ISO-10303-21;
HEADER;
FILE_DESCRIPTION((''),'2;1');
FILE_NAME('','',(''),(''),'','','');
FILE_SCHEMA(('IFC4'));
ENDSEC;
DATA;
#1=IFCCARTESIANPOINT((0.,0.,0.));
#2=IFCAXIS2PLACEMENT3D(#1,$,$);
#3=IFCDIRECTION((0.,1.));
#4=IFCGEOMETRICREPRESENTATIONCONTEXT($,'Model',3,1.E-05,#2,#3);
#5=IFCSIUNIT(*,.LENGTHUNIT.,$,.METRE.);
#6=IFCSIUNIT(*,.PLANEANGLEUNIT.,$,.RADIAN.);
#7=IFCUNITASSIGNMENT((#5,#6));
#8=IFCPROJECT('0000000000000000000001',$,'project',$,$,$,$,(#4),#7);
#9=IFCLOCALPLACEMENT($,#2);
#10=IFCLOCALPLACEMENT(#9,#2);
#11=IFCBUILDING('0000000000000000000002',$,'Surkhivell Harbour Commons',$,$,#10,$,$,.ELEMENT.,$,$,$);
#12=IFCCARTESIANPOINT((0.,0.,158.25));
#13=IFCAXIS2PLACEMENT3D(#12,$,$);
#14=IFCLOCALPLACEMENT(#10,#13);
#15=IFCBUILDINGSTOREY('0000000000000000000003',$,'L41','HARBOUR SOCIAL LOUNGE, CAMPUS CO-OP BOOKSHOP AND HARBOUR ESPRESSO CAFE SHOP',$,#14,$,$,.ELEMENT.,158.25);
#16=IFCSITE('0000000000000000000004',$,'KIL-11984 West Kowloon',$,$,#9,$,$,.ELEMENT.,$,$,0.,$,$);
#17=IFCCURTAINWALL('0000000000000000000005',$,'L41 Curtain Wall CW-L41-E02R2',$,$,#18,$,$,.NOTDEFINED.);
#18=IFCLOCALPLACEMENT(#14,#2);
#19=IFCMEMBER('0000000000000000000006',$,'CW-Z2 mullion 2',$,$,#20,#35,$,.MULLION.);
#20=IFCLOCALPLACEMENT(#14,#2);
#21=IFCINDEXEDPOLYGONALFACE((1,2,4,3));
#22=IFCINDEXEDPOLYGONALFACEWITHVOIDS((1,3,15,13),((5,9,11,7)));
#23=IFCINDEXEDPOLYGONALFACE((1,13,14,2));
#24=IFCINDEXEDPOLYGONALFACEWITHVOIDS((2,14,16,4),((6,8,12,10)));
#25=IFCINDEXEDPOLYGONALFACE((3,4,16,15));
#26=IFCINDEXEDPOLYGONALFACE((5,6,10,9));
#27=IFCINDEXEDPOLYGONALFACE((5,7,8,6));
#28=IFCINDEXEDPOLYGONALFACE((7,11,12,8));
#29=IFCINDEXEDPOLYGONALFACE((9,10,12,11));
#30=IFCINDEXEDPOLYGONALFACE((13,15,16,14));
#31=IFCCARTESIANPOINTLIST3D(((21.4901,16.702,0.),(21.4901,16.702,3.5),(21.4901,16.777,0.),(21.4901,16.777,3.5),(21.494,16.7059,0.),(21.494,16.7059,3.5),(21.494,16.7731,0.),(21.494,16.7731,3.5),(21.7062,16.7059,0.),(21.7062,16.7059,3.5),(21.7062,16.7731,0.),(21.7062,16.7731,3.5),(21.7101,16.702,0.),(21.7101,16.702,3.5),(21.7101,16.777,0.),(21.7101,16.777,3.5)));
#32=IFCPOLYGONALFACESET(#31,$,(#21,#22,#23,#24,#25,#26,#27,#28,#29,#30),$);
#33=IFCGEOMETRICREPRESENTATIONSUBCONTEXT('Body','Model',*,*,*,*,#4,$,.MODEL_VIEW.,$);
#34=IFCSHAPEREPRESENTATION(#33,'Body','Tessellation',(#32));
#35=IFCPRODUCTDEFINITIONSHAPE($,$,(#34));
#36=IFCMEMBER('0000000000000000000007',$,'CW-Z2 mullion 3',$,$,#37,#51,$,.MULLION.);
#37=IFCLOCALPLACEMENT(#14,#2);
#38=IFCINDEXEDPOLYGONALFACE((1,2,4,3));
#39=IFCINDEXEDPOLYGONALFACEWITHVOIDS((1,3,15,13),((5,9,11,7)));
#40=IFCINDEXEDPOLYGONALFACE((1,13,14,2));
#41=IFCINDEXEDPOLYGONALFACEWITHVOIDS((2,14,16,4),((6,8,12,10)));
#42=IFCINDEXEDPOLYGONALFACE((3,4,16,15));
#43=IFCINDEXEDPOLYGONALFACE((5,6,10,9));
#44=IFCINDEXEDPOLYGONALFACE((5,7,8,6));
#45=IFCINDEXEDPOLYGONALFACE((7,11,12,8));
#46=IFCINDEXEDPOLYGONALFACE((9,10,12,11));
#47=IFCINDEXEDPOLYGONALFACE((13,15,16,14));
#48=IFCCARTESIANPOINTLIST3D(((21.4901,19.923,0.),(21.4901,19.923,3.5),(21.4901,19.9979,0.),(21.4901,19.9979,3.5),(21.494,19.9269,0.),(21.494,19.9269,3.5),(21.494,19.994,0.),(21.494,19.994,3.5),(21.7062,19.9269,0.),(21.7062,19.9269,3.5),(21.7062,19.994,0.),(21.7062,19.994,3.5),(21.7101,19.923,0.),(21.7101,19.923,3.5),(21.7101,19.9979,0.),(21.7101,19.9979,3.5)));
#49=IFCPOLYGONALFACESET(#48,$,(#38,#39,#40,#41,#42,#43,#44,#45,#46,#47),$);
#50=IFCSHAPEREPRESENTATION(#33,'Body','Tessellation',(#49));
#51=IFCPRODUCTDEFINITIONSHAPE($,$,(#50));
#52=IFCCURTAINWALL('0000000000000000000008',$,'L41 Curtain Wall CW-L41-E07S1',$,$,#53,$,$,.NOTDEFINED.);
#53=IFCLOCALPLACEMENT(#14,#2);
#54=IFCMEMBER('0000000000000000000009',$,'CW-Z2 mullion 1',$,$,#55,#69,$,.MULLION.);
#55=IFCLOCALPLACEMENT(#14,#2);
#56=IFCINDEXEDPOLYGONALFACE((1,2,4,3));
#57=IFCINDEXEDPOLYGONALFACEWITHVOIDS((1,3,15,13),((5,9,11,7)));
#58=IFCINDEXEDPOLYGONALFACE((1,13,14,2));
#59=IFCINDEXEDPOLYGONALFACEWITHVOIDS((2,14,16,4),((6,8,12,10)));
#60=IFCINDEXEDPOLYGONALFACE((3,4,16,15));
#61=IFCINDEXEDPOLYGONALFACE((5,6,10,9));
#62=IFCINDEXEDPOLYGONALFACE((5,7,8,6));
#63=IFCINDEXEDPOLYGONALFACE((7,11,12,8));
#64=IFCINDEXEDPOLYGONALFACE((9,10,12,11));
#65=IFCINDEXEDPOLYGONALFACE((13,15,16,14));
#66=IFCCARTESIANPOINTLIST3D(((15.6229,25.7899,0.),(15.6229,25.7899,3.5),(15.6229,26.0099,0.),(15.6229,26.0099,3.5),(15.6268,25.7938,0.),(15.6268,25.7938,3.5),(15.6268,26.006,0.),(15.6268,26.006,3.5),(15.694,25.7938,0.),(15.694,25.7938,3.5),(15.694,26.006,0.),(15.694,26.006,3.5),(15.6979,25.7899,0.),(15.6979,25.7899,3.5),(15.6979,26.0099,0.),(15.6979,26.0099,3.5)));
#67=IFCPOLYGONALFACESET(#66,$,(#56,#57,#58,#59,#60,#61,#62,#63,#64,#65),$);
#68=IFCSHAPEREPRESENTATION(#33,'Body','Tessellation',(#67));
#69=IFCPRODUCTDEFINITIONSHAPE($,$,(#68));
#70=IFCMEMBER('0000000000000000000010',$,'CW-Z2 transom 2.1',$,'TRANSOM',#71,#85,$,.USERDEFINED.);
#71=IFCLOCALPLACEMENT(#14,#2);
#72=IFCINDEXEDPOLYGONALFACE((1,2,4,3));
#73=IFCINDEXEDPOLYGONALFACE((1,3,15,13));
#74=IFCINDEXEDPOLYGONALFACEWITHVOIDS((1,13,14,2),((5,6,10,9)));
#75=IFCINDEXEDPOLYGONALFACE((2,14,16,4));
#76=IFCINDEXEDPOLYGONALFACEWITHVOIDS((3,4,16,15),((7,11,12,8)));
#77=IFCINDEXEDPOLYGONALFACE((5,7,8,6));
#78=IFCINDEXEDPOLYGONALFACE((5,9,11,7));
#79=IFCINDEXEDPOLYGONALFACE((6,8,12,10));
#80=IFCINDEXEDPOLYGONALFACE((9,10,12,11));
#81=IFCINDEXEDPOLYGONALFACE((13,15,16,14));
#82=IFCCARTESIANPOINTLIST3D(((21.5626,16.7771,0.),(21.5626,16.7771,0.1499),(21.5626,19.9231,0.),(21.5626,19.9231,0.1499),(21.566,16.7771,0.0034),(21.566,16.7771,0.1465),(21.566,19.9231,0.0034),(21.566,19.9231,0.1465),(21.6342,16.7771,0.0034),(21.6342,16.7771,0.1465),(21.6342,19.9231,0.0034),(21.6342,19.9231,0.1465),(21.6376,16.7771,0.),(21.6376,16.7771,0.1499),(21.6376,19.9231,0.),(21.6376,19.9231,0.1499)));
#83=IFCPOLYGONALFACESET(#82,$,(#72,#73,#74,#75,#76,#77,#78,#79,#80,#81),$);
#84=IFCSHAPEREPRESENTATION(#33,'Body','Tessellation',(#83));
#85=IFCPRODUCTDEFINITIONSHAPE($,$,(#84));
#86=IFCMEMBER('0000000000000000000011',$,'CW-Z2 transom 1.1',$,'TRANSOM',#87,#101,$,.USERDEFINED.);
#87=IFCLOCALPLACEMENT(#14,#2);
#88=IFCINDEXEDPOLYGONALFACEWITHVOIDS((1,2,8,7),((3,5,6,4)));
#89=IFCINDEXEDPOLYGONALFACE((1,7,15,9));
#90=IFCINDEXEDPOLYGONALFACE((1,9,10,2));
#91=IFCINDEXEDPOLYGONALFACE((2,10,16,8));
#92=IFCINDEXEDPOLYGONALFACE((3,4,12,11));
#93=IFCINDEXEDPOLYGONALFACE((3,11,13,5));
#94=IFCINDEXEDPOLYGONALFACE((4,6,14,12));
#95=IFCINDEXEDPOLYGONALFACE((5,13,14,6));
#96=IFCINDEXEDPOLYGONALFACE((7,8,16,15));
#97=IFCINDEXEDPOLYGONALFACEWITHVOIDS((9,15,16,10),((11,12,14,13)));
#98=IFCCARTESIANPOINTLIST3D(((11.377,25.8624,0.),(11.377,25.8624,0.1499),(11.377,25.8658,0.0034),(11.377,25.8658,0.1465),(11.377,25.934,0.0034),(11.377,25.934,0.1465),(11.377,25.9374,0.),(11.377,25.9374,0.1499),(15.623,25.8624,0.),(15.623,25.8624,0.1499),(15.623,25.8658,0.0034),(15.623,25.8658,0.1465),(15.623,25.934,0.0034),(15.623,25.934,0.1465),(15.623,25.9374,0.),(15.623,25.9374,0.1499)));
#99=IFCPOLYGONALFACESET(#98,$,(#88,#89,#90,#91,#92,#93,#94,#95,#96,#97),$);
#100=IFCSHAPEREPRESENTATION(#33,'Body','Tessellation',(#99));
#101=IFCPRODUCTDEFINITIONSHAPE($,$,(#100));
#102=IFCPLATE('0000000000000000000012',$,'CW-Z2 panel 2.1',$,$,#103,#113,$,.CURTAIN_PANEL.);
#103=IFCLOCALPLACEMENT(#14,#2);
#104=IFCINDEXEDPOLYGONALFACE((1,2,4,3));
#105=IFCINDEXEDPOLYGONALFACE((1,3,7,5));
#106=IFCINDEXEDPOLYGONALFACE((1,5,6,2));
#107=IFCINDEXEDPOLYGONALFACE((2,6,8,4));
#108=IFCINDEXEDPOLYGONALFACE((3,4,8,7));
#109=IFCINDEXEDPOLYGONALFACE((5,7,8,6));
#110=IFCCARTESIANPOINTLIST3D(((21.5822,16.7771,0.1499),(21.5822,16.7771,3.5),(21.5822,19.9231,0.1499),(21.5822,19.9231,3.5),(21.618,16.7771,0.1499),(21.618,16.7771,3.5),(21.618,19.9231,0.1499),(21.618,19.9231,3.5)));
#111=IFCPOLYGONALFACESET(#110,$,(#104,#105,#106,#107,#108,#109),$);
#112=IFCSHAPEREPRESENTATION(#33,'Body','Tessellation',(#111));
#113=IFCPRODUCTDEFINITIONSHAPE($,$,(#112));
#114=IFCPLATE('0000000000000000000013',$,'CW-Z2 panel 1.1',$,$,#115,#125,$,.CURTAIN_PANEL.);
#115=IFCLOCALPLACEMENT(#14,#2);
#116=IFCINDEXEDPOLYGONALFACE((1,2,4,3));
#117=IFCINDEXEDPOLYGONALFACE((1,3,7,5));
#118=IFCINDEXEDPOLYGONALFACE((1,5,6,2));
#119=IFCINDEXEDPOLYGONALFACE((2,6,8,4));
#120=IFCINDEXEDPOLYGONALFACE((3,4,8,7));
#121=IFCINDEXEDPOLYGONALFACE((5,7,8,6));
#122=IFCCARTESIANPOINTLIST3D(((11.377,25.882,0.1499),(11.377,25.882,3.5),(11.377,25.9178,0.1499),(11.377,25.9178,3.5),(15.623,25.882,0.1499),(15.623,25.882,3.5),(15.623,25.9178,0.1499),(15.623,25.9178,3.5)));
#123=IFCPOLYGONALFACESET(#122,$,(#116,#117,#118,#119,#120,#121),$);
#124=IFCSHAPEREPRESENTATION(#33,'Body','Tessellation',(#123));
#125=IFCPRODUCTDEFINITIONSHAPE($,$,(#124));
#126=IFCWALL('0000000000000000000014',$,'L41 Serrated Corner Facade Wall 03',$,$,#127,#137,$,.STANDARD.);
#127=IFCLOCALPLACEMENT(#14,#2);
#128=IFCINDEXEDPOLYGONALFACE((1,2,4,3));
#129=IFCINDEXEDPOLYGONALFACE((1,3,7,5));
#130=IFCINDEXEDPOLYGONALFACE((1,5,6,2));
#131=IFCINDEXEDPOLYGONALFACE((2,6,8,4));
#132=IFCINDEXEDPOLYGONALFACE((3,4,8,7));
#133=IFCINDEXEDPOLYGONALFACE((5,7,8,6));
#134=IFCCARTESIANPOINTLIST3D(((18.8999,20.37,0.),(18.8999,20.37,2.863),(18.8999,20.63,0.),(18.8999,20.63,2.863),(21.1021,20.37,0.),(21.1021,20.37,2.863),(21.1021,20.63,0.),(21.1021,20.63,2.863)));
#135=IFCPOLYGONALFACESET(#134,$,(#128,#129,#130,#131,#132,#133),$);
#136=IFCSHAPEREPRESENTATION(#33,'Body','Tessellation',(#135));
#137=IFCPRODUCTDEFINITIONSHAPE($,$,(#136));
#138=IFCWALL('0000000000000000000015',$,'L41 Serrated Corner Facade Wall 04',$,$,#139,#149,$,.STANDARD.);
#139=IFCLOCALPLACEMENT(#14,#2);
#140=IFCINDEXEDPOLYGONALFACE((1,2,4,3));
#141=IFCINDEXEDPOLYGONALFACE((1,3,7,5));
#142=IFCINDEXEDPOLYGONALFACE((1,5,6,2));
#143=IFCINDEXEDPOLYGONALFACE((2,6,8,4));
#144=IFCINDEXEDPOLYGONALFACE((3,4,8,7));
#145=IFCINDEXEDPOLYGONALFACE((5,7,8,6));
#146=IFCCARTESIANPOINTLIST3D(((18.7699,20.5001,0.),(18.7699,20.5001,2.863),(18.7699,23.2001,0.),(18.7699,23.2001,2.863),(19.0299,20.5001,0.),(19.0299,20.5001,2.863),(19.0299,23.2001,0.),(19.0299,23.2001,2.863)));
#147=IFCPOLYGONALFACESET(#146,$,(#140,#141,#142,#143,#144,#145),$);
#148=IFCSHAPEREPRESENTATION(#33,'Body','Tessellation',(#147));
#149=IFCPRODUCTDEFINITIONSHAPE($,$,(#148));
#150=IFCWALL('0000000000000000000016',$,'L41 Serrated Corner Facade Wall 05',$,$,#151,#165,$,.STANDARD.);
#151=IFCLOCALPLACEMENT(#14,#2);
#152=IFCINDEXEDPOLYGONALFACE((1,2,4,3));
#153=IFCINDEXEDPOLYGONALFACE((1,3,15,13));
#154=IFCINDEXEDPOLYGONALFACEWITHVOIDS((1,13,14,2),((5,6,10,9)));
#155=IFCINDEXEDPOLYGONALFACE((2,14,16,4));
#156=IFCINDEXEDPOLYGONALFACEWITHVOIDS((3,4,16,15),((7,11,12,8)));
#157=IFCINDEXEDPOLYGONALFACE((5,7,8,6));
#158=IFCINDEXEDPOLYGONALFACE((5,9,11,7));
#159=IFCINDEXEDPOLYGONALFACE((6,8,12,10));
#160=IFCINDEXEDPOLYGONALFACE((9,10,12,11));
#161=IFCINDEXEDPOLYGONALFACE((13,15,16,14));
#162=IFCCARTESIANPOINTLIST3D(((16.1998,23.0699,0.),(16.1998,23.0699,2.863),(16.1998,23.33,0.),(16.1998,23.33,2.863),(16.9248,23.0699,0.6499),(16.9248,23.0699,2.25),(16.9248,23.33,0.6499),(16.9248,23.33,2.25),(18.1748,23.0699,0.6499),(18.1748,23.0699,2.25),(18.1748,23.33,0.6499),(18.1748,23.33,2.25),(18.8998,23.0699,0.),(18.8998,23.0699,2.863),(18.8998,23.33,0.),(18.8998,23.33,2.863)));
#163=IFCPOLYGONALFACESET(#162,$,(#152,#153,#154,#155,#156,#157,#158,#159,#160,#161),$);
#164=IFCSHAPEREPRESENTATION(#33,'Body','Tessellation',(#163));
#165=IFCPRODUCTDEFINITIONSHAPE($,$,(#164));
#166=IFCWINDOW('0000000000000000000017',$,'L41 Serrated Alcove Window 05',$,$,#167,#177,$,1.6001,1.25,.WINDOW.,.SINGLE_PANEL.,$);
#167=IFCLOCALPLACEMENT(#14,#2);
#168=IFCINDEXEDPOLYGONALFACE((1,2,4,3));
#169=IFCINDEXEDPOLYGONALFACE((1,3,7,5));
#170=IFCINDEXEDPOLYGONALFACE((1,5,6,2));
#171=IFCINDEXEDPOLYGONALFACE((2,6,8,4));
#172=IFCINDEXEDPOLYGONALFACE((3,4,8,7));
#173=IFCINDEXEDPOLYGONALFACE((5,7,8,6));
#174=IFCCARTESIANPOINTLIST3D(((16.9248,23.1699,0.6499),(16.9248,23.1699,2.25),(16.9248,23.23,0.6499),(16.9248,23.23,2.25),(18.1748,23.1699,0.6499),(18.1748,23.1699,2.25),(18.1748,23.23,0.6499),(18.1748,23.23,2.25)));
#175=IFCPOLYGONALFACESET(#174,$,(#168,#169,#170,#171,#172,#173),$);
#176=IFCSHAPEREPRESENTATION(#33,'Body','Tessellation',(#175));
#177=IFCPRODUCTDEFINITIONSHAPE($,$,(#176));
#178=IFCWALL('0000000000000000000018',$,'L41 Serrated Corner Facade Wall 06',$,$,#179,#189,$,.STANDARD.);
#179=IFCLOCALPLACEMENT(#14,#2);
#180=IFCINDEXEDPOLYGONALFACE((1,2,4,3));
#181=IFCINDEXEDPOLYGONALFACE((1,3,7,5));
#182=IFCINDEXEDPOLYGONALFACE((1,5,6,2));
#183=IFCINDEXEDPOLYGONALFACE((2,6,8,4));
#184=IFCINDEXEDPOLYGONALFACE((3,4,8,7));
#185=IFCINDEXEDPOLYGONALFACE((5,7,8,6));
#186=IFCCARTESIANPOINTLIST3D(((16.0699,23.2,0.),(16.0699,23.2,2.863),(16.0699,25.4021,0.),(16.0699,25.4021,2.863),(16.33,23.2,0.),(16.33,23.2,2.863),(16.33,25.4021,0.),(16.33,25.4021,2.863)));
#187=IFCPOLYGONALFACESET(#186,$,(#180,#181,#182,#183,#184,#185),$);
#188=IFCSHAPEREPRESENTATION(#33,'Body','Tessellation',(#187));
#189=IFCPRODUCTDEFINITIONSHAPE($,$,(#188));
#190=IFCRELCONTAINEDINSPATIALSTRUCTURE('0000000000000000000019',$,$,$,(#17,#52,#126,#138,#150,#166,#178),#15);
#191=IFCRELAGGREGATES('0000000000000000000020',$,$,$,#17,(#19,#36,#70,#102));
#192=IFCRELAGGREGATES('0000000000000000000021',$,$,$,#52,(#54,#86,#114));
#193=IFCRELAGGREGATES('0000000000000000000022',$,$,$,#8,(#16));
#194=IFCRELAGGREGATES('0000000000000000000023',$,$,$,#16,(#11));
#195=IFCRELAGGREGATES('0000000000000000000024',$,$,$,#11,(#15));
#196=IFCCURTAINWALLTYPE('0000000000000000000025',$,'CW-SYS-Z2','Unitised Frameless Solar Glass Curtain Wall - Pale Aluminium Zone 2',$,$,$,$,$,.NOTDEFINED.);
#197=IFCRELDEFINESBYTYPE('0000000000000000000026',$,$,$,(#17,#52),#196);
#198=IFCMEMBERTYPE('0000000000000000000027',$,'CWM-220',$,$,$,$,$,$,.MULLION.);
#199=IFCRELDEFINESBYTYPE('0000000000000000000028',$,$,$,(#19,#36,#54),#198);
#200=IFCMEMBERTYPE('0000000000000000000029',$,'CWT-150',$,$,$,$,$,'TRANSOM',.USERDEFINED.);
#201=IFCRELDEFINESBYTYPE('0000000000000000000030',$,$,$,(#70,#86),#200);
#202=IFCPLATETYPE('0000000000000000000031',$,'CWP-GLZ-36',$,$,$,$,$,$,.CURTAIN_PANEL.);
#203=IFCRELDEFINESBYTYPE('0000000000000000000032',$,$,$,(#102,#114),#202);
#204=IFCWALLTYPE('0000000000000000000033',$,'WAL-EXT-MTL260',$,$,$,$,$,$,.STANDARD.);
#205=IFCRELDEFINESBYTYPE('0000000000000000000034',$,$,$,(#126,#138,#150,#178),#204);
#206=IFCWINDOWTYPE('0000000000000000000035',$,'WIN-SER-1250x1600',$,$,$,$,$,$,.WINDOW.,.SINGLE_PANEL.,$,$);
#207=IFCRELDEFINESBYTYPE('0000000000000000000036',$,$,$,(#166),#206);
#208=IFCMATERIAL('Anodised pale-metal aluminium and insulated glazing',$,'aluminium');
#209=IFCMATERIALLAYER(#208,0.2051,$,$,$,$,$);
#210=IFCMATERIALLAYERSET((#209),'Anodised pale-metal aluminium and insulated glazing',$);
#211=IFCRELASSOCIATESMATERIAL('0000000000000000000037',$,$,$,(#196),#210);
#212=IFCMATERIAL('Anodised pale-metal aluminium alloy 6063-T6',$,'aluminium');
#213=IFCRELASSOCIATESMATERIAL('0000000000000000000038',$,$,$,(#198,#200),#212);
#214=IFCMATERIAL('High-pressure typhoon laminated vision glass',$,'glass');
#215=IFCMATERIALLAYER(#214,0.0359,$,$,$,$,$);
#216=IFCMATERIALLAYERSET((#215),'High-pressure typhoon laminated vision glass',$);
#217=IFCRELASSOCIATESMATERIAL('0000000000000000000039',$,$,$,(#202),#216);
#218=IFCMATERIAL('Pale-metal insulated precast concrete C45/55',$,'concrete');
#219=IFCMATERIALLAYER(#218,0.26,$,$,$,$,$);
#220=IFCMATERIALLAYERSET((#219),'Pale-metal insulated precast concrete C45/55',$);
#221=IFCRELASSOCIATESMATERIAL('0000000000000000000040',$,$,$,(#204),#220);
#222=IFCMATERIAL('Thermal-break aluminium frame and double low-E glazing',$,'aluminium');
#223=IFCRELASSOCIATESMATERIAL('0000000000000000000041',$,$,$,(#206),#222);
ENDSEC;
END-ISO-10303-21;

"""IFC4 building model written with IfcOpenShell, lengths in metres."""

from ifc_helpers import new_model, si_unit, direction, frame, frame_2d, origin, origin_2d, place, context, subcontext, project, spatial, rectangle, hollow_rectangle, extrude, material, layer, layer_set, material_profile, profile_set, type_object, element, fill, aggregate, save


model = new_model("IFC4")

# Units and contexts
model_context = context("Model", 3, precision=1e-05, world=origin(), true_north=direction((0.0, 1.0)))
body_context = subcontext(model_context, "Body", "Model", "MODEL_VIEW")
ifc_project = project(units=[si_unit("LENGTHUNIT", "METRE"), si_unit("PLANEANGLEUNIT", "RADIAN")], contexts=[model_context])

# Site, building, storey
site_placement = place(None, origin())
site = spatial("IfcSite", under=ifc_project, at=site_placement, Name="KIL-11984 West Kowloon", CompositionType="ELEMENT", RefElevation=0.0)
building_placement = place(site_placement, origin())
building = spatial("IfcBuilding", under=site, at=building_placement, Name="Surkhivell Harbour Commons", CompositionType="ELEMENT")
storey_placement = place(building_placement, frame((0.0, 0.0, 158.25)))
storey = spatial("IfcBuildingStorey", under=building, at=storey_placement, Name="L41", Description="HARBOUR SOCIAL LOUNGE, CAMPUS CO-OP BOOKSHOP AND HARBOUR ESPRESSO CAFE SHOP", CompositionType="ELEMENT", Elevation=158.25)

# Curtain wall, members
ifc_material_1 = material(Name="Anodised pale-metal aluminium and insulated glazing", Category="aluminium")
ifc_layer_1 = layer(ifc_material_1, 0.2051)
ifc_layer_set_1 = layer_set([ifc_layer_1], Name="Anodised pale-metal aluminium and insulated glazing")
curtain_wall_type = type_object("IfcCurtainWallType", Name="CW-SYS-Z2", Description="Unitised Frameless Solar Glass Curtain Wall - Pale Aluminium Zone 2", PredefinedType="NOTDEFINED", material=ifc_layer_set_1)
curtain_wall_1_placement = place(storey_placement, origin())
curtain_wall_1 = element("IfcCurtainWall", 1, at=curtain_wall_1_placement, inside=storey, type_object=curtain_wall_type, Name="L41 Curtain Wall CW-L41-E02R2", PredefinedType="NOTDEFINED")
ifc_material_2 = material(Name="Anodised pale-metal aluminium alloy 6063-T6", Category="aluminium")
ifc_material_profile_1 = material_profile(ifc_material_2, hollow_rectangle(XDim=0.075, YDim=0.22, WallThickness=0.0039, at=origin_2d()), Name="ALU-MULL-75x220")
ifc_profile_set_1 = profile_set([ifc_material_profile_1], Name="Anodised pale-metal aluminium alloy 6063-T6")
member_type_1 = type_object("IfcMemberType", Name="CWM-220", PredefinedType="MULLION", material=ifc_profile_set_1)
member_1_placement = place(storey_placement, frame((21.6001, 16.7395, 0.0), z_axis=(0.0, 0.0, 1.0), x_axis=(0.0, 1.0, 0.0)))
member_1 = element("IfcMember", 2, at=member_1_placement, type_object=member_type_1, Name="CW-Z2 mullion 2", PredefinedType="MULLION", context=body_context, shape_type="SweptSolid", body=[
    extrude(hollow_rectangle(XDim=0.075, YDim=0.22, WallThickness=0.0039, at=origin_2d()), origin(), (0.0, 0.0, 1.0), 3.5),
])
member_2_placement = place(storey_placement, frame((21.6001, 19.9604, 0.0), z_axis=(0.0, 0.0, 1.0), x_axis=(0.0, 1.0, 0.0)))
member_2 = element("IfcMember", 3, at=member_2_placement, type_object=member_type_1, Name="CW-Z2 mullion 3", PredefinedType="MULLION", context=body_context, shape_type="SweptSolid", body=[
    extrude(hollow_rectangle(XDim=0.075, YDim=0.22, WallThickness=0.0039, at=origin_2d()), origin(), (0.0, 0.0, 1.0), 3.5),
])

# Curtain wall, member
curtain_wall_2_placement = place(storey_placement, origin())
curtain_wall_2 = element("IfcCurtainWall", 4, at=curtain_wall_2_placement, inside=storey, type_object=curtain_wall_type, Name="L41 Curtain Wall CW-L41-E07S1", PredefinedType="NOTDEFINED")
member_3_placement = place(storey_placement, frame((15.6604, 25.8999, 0.0), z_axis=(0.0, 0.0, 1.0), x_axis=(-1.0, 0.0, 0.0)))
member_3 = element("IfcMember", 5, at=member_3_placement, type_object=member_type_1, Name="CW-Z2 mullion 1", PredefinedType="MULLION", context=body_context, shape_type="SweptSolid", body=[
    extrude(hollow_rectangle(XDim=0.075, YDim=0.22, WallThickness=0.0039, at=origin_2d()), origin(), (0.0, 0.0, 1.0), 3.5),
])

# Members
ifc_material_profile_2 = material_profile(ifc_material_2, hollow_rectangle(XDim=0.075, YDim=0.1499, WallThickness=0.0034, at=origin_2d()), Name="ALU-TRAN-75x150")
ifc_profile_set_2 = profile_set([ifc_material_profile_2], Name="Anodised pale-metal aluminium alloy 6063-T6")
member_type_2 = type_object("IfcMemberType", Name="CWT-150", ElementType="TRANSOM", PredefinedType="USERDEFINED", material=ifc_profile_set_2)
member_4_placement = place(storey_placement, frame((21.6001, 16.7771, 0.075), z_axis=(0.0, 1.0, 0.0), x_axis=(-1.0, 0.0, 0.0)))
member_4 = element("IfcMember", 6, at=member_4_placement, type_object=member_type_2, Name="CW-Z2 transom 2.1", ObjectType="TRANSOM", PredefinedType="USERDEFINED", context=body_context, shape_type="SweptSolid", body=[
    extrude(hollow_rectangle(XDim=0.075, YDim=0.1499, WallThickness=0.0034, at=origin_2d()), origin(), (0.0, 0.0, 1.0), 3.146),
])
member_5_placement = place(storey_placement, frame((15.623, 25.8999, 0.075), z_axis=(-1.0, 0.0, 0.0), x_axis=(0.0, -1.0, 0.0)))
member_5 = element("IfcMember", 7, at=member_5_placement, type_object=member_type_2, Name="CW-Z2 transom 1.1", ObjectType="TRANSOM", PredefinedType="USERDEFINED", context=body_context, shape_type="SweptSolid", body=[
    extrude(hollow_rectangle(XDim=0.075, YDim=0.1499, WallThickness=0.0034, at=origin_2d()), origin(), (0.0, 0.0, 1.0), 4.2461),
])

# Plates
ifc_material_3 = material(Name="High-pressure typhoon laminated vision glass", Category="glass")
ifc_layer_2 = layer(ifc_material_3, 0.0359)
ifc_layer_set_2 = layer_set([ifc_layer_2], Name="High-pressure typhoon laminated vision glass")
plate_type = type_object("IfcPlateType", Name="CWP-GLZ-36", PredefinedType="CURTAIN_PANEL", material=ifc_layer_set_2)
plate_1_placement = place(storey_placement, frame((21.6001, 16.7771, 0.1499), z_axis=(0.0, 0.0, 1.0), x_axis=(0.0, 1.0, 0.0)))
plate_1 = element("IfcPlate", 8, at=plate_1_placement, type_object=plate_type, Name="CW-Z2 panel 2.1", PredefinedType="CURTAIN_PANEL", context=body_context, shape_type="SweptSolid", body=[
    extrude(rectangle(XDim=3.146, YDim=0.0359, at=frame_2d((1.573, 0.0))), origin(), (0.0, 0.0, 1.0), 3.3501),
])
aggregate(curtain_wall_1, [member_1, member_2, member_4, plate_1])
plate_2_placement = place(storey_placement, frame((15.623, 25.8999, 0.1499), z_axis=(0.0, 0.0, 1.0), x_axis=(-1.0, 0.0, 0.0)))
plate_2 = element("IfcPlate", 9, at=plate_2_placement, type_object=plate_type, Name="CW-Z2 panel 1.1", PredefinedType="CURTAIN_PANEL", context=body_context, shape_type="SweptSolid", body=[
    extrude(rectangle(XDim=4.2461, YDim=0.0359, at=frame_2d((2.123, 0.0))), origin(), (0.0, 0.0, 1.0), 3.3501),
])
aggregate(curtain_wall_2, [member_3, member_5, plate_2])

# Walls
ifc_material_4 = material(Name="Pale-metal insulated precast concrete C45/55", Category="concrete")
ifc_layer_3 = layer(ifc_material_4, 0.26)
ifc_layer_set_3 = layer_set([ifc_layer_3], Name="Pale-metal insulated precast concrete C45/55")
wall_type_1 = type_object("IfcWallType", Name="WAL-EXT-MTL260", PredefinedType="STANDARD", material=ifc_layer_set_3)
wall_1_placement = place(storey_placement, frame((21.1021, 20.5, 0.0), z_axis=(0.0, 0.0, 1.0), x_axis=(-1.0, 0.0, 0.0)))
element("IfcWall", 10, at=wall_1_placement, inside=storey, type_object=wall_type_1, Name="L41 Serrated Corner Facade Wall 03", PredefinedType="STANDARD", context=body_context, shape_type="SweptSolid", body=[
    extrude(rectangle(XDim=2.2021, YDim=0.26, at=frame_2d((1.1011, 0.0))), origin(), (0.0, 0.0, 1.0), 2.863),
])
wall_2_placement = place(storey_placement, frame((18.8999, 20.5, 0.0), z_axis=(0.0, 0.0, 1.0), x_axis=(0.0, 1.0, 0.0)))
element("IfcWall", 11, at=wall_2_placement, inside=storey, type_object=wall_type_1, Name="L41 Serrated Corner Facade Wall 04", PredefinedType="STANDARD", context=body_context, shape_type="SweptSolid", body=[
    extrude(rectangle(XDim=2.7, YDim=0.26, at=frame_2d((1.3501, 0.0))), origin(), (0.0, 0.0, 1.0), 2.863),
])

# Wall, opening, window
wall_3_placement = place(storey_placement, frame((18.8999, 23.2, 0.0), z_axis=(0.0, 0.0, 1.0), x_axis=(-1.0, 0.0, 0.0)))
wall_3 = element("IfcWall", 12, at=wall_3_placement, inside=storey, type_object=wall_type_1, Name="L41 Serrated Corner Facade Wall 05", PredefinedType="STANDARD", context=body_context, shape_type="SweptSolid", body=[
    extrude(rectangle(XDim=2.7, YDim=0.26, at=frame_2d((1.3501, 0.0))), origin(), (0.0, 0.0, 1.0), 2.863),
])
opening_placement = place(wall_3_placement, frame((0.7251, 0.0, 0.6499)))
opening = element("IfcOpeningElement", 13, at=opening_placement, cuts=wall_3, PredefinedType="OPENING", context=body_context, shape_type="SweptSolid", body=[
    extrude(rectangle(XDim=1.25, YDim=1.6001, at=frame_2d((0.625, 0.8))), frame((0.0, 0.1399, 0.0), z_axis=(0.0, -1.0, 0.0), x_axis=(1.0, 0.0, 0.0)), (0.0, 0.0, 1.0), 0.28),
])
ifc_material_5 = material(Name="Thermal-break aluminium frame and double low-E glazing", Category="aluminium")
window_type = type_object("IfcWindowType", Name="WIN-SER-1250x1600", PartitioningType="SINGLE_PANEL", PredefinedType="WINDOW", material=ifc_material_5)
window_placement = place(opening_placement, origin())
window = element("IfcWindow", 14, at=window_placement, inside=storey, type_object=window_type, Name="L41 Serrated Alcove Window 05", OverallHeight=1.6001, OverallWidth=1.25, PartitioningType="SINGLE_PANEL", PredefinedType="WINDOW", context=body_context, shape_type="SweptSolid", body=[
    extrude(rectangle(XDim=1.25, YDim=1.6001, at=frame_2d((0.625, 0.8))), frame((0.0, 0.03, 0.0), z_axis=(0.0, -1.0, 0.0), x_axis=(1.0, 0.0, 0.0)), (0.0, 0.0, 1.0), 0.0601),
])
fill(opening, window)

# Wall
wall_4_placement = place(storey_placement, frame((16.2, 23.2, 0.0), z_axis=(0.0, 0.0, 1.0), x_axis=(0.0, 1.0, 0.0)))
element("IfcWall", 15, at=wall_4_placement, inside=storey, type_object=wall_type_1, Name="L41 Serrated Corner Facade Wall 06", PredefinedType="STANDARD", context=body_context, shape_type="SweptSolid", body=[
    extrude(rectangle(XDim=2.2021, YDim=0.26, at=frame_2d((1.1011, 0.0))), origin(), (0.0, 0.0, 1.0), 2.863),
])

save(model, "model.ifc")
